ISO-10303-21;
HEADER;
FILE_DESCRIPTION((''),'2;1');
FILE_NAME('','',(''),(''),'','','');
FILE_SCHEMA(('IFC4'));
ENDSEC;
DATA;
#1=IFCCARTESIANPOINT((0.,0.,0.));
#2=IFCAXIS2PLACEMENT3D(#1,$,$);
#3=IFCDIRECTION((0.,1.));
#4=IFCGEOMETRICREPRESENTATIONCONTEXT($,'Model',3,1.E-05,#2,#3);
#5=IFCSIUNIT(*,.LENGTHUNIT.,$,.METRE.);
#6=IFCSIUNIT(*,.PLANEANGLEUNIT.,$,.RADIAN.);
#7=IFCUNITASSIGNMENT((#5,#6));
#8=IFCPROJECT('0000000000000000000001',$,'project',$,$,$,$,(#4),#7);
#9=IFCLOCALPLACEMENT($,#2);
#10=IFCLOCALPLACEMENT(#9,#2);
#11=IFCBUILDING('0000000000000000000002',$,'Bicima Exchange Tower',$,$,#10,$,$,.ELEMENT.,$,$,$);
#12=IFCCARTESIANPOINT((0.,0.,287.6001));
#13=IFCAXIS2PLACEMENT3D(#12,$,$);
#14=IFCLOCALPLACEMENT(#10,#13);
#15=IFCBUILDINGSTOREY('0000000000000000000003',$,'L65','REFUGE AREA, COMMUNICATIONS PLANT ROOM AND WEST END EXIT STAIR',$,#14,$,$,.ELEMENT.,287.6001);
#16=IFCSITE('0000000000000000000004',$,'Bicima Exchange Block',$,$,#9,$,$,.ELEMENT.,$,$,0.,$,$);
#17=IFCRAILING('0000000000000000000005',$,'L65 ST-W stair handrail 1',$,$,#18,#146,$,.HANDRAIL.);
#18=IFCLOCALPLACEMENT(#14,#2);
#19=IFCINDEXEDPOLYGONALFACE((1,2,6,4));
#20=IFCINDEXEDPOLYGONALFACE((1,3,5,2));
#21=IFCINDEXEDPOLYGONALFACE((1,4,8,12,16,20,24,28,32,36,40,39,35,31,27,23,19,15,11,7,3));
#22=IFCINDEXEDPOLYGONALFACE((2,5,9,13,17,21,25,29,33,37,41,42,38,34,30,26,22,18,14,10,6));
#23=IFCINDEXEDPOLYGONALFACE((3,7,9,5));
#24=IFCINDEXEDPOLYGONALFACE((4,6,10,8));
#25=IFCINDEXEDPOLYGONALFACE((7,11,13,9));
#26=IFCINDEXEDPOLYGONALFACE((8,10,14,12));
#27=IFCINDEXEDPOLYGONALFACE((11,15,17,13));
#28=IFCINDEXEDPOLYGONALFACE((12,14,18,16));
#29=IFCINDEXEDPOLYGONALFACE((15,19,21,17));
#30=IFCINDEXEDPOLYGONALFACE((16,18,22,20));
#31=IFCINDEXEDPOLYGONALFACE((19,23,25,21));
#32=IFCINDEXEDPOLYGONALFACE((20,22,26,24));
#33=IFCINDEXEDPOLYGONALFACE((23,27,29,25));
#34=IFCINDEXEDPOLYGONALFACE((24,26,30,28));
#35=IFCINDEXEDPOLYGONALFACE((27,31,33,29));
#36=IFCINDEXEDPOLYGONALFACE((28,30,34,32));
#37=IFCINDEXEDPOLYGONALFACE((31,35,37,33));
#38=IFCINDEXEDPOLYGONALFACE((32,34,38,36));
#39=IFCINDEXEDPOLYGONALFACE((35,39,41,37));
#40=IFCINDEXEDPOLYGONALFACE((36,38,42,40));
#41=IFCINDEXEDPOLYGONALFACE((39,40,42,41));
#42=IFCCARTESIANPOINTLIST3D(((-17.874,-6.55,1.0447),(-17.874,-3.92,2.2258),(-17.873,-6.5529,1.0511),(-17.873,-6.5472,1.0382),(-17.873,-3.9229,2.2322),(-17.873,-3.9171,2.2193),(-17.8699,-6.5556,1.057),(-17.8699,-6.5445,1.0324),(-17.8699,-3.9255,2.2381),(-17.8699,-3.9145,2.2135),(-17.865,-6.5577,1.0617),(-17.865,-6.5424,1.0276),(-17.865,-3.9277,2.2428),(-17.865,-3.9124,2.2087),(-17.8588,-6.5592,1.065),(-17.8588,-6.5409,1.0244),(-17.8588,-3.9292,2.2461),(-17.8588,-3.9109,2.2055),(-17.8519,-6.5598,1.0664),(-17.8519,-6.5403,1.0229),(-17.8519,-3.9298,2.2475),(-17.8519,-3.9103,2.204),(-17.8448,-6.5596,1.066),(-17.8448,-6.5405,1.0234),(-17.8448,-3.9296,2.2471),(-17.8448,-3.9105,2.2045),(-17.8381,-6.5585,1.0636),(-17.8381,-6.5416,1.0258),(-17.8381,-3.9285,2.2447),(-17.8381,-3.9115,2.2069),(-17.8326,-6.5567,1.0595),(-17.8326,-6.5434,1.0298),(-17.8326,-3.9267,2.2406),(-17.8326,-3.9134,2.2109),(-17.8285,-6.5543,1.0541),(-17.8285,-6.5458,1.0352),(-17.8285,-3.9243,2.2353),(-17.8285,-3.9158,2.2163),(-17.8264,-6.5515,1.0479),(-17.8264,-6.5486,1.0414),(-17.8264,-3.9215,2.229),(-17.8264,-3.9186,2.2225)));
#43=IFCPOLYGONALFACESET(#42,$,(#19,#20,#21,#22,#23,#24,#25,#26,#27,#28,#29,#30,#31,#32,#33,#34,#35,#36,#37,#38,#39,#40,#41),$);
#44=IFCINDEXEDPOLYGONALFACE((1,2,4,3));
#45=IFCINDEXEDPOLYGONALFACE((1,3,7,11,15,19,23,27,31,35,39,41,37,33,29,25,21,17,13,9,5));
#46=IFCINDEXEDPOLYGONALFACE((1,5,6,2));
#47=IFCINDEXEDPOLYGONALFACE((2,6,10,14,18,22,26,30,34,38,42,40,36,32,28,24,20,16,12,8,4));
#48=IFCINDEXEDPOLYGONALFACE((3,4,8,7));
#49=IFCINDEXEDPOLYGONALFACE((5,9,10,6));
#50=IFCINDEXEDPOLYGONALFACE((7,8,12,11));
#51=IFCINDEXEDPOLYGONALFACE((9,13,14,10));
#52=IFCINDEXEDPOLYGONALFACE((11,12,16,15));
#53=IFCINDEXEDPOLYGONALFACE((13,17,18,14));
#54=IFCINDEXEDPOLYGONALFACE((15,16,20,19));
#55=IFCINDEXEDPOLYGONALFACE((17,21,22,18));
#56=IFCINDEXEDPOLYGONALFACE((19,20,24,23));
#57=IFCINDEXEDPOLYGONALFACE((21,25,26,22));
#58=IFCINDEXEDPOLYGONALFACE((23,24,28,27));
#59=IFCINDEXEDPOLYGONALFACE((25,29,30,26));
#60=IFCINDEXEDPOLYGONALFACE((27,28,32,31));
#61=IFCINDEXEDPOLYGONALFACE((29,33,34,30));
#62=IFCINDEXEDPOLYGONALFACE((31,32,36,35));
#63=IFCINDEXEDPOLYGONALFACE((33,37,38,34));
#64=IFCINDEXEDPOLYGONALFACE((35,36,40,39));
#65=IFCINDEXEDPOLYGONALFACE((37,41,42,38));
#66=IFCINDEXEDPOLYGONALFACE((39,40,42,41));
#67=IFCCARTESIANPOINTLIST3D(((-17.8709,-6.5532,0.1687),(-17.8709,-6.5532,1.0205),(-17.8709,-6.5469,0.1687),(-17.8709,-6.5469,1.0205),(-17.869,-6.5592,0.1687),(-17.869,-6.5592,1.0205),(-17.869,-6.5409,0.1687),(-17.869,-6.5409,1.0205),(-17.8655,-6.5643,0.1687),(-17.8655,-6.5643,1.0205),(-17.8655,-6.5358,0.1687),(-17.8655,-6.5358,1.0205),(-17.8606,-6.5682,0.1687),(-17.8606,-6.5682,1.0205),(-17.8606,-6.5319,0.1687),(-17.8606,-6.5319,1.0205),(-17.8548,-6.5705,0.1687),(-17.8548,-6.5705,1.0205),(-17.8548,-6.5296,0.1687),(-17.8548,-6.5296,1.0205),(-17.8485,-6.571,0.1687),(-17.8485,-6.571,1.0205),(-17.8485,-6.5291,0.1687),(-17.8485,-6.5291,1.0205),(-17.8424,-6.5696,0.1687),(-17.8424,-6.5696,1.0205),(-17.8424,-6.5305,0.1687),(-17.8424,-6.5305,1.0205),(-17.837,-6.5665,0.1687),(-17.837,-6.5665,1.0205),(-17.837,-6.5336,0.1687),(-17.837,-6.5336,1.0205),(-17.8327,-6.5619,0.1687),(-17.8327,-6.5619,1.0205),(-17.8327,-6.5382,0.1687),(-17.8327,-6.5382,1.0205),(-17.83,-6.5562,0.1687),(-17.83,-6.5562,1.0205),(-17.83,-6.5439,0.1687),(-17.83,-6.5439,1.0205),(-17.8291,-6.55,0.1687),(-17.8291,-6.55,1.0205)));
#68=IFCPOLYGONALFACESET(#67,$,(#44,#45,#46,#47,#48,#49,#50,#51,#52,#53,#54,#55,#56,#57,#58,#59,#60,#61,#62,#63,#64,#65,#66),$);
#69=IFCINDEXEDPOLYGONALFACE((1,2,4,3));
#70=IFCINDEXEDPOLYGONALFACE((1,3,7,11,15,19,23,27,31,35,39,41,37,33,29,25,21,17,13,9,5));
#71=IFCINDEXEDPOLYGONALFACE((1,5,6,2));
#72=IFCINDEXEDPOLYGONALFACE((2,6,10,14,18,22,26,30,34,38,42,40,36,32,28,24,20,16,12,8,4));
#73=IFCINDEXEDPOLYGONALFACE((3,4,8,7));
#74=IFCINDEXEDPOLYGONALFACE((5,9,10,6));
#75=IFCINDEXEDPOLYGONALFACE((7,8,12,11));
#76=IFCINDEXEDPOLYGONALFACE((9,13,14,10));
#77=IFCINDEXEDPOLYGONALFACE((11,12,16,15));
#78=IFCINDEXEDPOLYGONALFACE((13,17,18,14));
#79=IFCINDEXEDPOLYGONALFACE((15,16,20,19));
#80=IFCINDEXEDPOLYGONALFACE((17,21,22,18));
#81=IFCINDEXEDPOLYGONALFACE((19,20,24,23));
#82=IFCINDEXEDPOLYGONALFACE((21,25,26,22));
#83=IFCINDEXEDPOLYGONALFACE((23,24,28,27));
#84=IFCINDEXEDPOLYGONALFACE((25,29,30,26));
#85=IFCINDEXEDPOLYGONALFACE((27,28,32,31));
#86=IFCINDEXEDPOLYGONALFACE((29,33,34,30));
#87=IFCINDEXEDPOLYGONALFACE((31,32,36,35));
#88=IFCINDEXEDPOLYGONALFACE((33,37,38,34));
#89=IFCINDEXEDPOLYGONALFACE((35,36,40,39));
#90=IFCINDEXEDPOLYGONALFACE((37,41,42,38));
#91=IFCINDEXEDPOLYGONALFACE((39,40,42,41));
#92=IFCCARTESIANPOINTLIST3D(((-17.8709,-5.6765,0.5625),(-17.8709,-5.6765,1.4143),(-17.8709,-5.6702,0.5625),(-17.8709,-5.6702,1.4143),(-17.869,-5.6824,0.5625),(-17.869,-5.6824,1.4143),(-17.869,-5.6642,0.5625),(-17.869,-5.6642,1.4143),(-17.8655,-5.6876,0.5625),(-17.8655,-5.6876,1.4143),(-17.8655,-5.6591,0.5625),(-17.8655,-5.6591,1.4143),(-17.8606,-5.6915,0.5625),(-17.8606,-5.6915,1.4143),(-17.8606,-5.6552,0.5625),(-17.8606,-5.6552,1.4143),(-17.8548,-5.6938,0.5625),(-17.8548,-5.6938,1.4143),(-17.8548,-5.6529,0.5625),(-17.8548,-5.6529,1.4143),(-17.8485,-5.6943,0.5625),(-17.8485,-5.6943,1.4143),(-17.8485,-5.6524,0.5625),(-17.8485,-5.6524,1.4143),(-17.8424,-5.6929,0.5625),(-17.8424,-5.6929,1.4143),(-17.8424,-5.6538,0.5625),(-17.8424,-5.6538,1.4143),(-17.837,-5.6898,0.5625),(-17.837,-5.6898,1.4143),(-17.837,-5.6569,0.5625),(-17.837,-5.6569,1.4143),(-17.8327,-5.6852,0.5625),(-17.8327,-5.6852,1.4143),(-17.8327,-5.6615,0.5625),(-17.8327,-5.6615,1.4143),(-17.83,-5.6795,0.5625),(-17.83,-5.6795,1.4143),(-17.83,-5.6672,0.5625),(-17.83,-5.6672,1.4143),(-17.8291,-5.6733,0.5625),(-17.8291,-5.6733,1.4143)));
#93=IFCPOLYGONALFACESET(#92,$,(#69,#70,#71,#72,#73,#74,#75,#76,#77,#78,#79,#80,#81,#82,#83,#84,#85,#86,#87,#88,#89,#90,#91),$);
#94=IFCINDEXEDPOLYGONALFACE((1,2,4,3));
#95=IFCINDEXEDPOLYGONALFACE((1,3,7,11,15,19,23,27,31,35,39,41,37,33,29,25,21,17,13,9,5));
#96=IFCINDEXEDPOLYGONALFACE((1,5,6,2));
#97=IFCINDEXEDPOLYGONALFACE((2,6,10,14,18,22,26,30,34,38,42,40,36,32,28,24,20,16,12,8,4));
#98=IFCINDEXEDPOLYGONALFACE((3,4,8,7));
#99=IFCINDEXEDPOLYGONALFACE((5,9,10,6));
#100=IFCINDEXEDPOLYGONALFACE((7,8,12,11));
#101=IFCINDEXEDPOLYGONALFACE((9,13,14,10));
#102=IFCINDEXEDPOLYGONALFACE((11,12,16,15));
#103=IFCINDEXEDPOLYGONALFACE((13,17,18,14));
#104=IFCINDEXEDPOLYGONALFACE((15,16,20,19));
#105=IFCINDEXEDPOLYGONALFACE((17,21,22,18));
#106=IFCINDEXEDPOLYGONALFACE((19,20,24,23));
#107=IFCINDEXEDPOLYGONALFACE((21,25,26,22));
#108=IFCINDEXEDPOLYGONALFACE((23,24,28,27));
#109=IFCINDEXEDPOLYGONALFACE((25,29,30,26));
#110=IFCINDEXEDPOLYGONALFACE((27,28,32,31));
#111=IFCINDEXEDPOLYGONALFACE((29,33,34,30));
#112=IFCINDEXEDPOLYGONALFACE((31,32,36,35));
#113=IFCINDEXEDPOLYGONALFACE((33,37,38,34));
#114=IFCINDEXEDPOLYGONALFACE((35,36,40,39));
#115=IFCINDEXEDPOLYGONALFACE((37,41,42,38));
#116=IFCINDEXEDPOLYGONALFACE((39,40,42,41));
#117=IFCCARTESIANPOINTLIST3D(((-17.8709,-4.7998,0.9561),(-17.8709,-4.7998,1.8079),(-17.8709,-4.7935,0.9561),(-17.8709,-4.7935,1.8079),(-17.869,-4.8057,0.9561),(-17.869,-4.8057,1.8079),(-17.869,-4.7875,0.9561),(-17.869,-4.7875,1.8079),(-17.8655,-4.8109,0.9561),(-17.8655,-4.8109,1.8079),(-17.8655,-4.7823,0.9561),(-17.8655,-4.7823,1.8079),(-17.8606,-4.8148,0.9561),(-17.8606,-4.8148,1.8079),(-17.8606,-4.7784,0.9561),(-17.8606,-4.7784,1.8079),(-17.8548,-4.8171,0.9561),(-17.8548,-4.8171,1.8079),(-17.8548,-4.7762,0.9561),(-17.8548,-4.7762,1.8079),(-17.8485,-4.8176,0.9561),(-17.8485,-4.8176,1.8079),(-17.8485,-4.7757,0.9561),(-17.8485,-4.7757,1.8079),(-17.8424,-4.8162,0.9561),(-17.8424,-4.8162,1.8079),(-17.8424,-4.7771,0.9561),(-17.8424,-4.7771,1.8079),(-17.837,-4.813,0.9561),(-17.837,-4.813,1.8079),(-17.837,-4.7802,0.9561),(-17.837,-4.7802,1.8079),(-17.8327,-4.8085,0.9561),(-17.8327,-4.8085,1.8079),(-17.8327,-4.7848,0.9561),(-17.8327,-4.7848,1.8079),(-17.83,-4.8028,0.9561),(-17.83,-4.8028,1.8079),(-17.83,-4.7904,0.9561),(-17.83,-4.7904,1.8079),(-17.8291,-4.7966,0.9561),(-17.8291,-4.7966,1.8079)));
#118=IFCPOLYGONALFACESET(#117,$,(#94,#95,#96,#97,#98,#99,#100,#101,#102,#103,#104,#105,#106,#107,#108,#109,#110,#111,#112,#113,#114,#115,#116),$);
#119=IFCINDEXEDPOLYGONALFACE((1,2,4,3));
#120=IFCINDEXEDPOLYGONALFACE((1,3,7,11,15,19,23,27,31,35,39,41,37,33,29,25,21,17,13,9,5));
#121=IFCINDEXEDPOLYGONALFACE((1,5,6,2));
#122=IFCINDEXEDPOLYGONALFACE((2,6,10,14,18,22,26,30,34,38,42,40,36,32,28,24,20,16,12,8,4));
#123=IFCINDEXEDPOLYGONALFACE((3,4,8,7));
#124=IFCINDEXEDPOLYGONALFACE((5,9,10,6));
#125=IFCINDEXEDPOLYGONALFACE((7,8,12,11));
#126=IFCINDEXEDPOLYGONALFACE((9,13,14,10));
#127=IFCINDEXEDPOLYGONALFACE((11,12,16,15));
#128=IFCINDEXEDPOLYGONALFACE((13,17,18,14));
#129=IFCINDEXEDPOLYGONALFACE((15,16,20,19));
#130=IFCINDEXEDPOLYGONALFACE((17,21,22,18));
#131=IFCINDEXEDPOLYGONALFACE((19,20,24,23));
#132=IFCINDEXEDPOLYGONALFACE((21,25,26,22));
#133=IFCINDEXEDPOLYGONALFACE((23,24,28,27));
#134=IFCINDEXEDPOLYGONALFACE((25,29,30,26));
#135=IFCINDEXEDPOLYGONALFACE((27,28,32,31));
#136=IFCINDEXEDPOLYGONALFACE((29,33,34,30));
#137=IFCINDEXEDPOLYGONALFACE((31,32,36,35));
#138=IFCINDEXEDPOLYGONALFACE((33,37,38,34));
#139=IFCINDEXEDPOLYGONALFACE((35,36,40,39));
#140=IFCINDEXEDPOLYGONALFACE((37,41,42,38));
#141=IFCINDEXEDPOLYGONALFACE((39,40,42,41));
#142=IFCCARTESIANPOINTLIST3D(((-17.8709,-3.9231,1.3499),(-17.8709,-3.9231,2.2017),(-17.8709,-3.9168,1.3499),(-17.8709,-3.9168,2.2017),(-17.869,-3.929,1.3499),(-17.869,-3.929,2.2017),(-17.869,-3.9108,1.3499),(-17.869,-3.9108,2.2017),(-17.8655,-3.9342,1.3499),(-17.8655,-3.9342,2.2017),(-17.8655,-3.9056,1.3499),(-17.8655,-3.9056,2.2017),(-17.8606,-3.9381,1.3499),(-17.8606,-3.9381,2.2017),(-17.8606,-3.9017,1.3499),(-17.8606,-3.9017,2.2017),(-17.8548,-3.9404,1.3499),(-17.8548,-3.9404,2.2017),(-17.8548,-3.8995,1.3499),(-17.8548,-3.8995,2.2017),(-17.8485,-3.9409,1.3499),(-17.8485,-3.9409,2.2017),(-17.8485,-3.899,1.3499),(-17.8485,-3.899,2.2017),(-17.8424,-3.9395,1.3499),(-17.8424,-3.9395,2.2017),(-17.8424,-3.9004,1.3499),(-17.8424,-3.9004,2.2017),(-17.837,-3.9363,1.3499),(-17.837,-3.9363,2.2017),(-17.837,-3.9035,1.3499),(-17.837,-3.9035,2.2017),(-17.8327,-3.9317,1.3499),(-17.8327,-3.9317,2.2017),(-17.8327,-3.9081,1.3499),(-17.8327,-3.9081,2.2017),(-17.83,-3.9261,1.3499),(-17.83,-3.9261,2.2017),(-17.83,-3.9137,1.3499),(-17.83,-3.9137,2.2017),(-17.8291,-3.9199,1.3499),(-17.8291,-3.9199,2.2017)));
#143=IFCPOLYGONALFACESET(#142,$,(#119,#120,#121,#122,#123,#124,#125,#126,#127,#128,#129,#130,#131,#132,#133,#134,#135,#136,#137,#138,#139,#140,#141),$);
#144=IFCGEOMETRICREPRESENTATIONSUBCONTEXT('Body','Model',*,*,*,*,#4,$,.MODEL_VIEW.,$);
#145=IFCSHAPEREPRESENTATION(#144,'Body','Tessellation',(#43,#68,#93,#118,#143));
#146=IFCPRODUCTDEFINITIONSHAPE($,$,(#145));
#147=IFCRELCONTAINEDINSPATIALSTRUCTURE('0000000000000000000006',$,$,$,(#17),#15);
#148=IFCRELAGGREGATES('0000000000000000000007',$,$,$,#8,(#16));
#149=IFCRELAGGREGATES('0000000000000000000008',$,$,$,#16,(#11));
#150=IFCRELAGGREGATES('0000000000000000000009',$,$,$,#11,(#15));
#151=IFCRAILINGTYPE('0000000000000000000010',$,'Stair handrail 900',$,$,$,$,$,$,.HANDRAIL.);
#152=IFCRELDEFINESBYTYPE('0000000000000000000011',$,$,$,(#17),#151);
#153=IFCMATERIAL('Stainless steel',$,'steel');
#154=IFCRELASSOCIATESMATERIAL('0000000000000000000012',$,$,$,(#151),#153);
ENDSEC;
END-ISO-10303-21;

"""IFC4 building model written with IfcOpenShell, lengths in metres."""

from ifc_helpers import new_model, si_unit, direction, frame, origin, origin_2d, place, context, subcontext, project, spatial, circle, extrude, material, type_object, element, save


model = new_model("IFC4")

# Units and contexts
model_context = context("Model", 3, precision=1e-05, world=origin(), true_north=direction((0.0, 1.0)))
body_context = subcontext(model_context, "Body", "Model", "MODEL_VIEW")
ifc_project = project(units=[si_unit("LENGTHUNIT", "METRE"), si_unit("PLANEANGLEUNIT", "RADIAN")], contexts=[model_context])

# Site, building, storey
site_placement = place(None, origin())
site = spatial("IfcSite", under=ifc_project, at=site_placement, Name="Bicima Exchange Block", CompositionType="ELEMENT", RefElevation=0.0)
building_placement = place(site_placement, origin())
building = spatial("IfcBuilding", under=site, at=building_placement, Name="Bicima Exchange Tower", CompositionType="ELEMENT")
storey_placement = place(building_placement, frame((0.0, 0.0, 287.6001)))
storey = spatial("IfcBuildingStorey", under=building, at=storey_placement, Name="L65", Description="REFUGE AREA, COMMUNICATIONS PLANT ROOM AND WEST END EXIT STAIR", CompositionType="ELEMENT", Elevation=287.6001)

# Shared definitions
ifc_material_1 = material(Name="Stainless steel", Category="steel")

# Railing
railing_type_1 = type_object("IfcRailingType", Name="Stair handrail 900", PredefinedType="HANDRAIL", material=ifc_material_1)
for number, where, name in (
    (1, (-17.8501, -6.55, 0.1687), "L65 ST-W stair handrail 1"),
):
    element("IfcRailing", number, at=place(storey_placement, frame(where)), inside=storey, type_object=railing_type_1, Name=name, PredefinedType="HANDRAIL", context=body_context, shape_type="SweptSolid", body=[
        extrude(circle(Radius=0.0239, at=origin_2d()), frame((0.0, 0.0, 0.876), z_axis=(0.0, 0.912233, 0.409671), x_axis=(-1.0, 0.0, 0.0)), (0.0, 0.0, 1.0), 2.8831),
        extrude(circle(Radius=0.021, at=origin_2d()), origin(), (0.0, 0.0, 1.0), 0.8518),
        extrude(circle(Radius=0.021, at=origin_2d()), frame((0.0, 0.8767, 0.3938)), (0.0, 0.0, 1.0), 0.8518),
        extrude(circle(Radius=0.021, at=origin_2d()), frame((0.0, 1.7534, 0.7874)), (0.0, 0.0, 1.0), 0.8518),
        extrude(circle(Radius=0.021, at=origin_2d()), frame((0.0, 2.6301, 1.1812)), (0.0, 0.0, 1.0), 0.8518),
    ])

save(model, "model.ifc")
